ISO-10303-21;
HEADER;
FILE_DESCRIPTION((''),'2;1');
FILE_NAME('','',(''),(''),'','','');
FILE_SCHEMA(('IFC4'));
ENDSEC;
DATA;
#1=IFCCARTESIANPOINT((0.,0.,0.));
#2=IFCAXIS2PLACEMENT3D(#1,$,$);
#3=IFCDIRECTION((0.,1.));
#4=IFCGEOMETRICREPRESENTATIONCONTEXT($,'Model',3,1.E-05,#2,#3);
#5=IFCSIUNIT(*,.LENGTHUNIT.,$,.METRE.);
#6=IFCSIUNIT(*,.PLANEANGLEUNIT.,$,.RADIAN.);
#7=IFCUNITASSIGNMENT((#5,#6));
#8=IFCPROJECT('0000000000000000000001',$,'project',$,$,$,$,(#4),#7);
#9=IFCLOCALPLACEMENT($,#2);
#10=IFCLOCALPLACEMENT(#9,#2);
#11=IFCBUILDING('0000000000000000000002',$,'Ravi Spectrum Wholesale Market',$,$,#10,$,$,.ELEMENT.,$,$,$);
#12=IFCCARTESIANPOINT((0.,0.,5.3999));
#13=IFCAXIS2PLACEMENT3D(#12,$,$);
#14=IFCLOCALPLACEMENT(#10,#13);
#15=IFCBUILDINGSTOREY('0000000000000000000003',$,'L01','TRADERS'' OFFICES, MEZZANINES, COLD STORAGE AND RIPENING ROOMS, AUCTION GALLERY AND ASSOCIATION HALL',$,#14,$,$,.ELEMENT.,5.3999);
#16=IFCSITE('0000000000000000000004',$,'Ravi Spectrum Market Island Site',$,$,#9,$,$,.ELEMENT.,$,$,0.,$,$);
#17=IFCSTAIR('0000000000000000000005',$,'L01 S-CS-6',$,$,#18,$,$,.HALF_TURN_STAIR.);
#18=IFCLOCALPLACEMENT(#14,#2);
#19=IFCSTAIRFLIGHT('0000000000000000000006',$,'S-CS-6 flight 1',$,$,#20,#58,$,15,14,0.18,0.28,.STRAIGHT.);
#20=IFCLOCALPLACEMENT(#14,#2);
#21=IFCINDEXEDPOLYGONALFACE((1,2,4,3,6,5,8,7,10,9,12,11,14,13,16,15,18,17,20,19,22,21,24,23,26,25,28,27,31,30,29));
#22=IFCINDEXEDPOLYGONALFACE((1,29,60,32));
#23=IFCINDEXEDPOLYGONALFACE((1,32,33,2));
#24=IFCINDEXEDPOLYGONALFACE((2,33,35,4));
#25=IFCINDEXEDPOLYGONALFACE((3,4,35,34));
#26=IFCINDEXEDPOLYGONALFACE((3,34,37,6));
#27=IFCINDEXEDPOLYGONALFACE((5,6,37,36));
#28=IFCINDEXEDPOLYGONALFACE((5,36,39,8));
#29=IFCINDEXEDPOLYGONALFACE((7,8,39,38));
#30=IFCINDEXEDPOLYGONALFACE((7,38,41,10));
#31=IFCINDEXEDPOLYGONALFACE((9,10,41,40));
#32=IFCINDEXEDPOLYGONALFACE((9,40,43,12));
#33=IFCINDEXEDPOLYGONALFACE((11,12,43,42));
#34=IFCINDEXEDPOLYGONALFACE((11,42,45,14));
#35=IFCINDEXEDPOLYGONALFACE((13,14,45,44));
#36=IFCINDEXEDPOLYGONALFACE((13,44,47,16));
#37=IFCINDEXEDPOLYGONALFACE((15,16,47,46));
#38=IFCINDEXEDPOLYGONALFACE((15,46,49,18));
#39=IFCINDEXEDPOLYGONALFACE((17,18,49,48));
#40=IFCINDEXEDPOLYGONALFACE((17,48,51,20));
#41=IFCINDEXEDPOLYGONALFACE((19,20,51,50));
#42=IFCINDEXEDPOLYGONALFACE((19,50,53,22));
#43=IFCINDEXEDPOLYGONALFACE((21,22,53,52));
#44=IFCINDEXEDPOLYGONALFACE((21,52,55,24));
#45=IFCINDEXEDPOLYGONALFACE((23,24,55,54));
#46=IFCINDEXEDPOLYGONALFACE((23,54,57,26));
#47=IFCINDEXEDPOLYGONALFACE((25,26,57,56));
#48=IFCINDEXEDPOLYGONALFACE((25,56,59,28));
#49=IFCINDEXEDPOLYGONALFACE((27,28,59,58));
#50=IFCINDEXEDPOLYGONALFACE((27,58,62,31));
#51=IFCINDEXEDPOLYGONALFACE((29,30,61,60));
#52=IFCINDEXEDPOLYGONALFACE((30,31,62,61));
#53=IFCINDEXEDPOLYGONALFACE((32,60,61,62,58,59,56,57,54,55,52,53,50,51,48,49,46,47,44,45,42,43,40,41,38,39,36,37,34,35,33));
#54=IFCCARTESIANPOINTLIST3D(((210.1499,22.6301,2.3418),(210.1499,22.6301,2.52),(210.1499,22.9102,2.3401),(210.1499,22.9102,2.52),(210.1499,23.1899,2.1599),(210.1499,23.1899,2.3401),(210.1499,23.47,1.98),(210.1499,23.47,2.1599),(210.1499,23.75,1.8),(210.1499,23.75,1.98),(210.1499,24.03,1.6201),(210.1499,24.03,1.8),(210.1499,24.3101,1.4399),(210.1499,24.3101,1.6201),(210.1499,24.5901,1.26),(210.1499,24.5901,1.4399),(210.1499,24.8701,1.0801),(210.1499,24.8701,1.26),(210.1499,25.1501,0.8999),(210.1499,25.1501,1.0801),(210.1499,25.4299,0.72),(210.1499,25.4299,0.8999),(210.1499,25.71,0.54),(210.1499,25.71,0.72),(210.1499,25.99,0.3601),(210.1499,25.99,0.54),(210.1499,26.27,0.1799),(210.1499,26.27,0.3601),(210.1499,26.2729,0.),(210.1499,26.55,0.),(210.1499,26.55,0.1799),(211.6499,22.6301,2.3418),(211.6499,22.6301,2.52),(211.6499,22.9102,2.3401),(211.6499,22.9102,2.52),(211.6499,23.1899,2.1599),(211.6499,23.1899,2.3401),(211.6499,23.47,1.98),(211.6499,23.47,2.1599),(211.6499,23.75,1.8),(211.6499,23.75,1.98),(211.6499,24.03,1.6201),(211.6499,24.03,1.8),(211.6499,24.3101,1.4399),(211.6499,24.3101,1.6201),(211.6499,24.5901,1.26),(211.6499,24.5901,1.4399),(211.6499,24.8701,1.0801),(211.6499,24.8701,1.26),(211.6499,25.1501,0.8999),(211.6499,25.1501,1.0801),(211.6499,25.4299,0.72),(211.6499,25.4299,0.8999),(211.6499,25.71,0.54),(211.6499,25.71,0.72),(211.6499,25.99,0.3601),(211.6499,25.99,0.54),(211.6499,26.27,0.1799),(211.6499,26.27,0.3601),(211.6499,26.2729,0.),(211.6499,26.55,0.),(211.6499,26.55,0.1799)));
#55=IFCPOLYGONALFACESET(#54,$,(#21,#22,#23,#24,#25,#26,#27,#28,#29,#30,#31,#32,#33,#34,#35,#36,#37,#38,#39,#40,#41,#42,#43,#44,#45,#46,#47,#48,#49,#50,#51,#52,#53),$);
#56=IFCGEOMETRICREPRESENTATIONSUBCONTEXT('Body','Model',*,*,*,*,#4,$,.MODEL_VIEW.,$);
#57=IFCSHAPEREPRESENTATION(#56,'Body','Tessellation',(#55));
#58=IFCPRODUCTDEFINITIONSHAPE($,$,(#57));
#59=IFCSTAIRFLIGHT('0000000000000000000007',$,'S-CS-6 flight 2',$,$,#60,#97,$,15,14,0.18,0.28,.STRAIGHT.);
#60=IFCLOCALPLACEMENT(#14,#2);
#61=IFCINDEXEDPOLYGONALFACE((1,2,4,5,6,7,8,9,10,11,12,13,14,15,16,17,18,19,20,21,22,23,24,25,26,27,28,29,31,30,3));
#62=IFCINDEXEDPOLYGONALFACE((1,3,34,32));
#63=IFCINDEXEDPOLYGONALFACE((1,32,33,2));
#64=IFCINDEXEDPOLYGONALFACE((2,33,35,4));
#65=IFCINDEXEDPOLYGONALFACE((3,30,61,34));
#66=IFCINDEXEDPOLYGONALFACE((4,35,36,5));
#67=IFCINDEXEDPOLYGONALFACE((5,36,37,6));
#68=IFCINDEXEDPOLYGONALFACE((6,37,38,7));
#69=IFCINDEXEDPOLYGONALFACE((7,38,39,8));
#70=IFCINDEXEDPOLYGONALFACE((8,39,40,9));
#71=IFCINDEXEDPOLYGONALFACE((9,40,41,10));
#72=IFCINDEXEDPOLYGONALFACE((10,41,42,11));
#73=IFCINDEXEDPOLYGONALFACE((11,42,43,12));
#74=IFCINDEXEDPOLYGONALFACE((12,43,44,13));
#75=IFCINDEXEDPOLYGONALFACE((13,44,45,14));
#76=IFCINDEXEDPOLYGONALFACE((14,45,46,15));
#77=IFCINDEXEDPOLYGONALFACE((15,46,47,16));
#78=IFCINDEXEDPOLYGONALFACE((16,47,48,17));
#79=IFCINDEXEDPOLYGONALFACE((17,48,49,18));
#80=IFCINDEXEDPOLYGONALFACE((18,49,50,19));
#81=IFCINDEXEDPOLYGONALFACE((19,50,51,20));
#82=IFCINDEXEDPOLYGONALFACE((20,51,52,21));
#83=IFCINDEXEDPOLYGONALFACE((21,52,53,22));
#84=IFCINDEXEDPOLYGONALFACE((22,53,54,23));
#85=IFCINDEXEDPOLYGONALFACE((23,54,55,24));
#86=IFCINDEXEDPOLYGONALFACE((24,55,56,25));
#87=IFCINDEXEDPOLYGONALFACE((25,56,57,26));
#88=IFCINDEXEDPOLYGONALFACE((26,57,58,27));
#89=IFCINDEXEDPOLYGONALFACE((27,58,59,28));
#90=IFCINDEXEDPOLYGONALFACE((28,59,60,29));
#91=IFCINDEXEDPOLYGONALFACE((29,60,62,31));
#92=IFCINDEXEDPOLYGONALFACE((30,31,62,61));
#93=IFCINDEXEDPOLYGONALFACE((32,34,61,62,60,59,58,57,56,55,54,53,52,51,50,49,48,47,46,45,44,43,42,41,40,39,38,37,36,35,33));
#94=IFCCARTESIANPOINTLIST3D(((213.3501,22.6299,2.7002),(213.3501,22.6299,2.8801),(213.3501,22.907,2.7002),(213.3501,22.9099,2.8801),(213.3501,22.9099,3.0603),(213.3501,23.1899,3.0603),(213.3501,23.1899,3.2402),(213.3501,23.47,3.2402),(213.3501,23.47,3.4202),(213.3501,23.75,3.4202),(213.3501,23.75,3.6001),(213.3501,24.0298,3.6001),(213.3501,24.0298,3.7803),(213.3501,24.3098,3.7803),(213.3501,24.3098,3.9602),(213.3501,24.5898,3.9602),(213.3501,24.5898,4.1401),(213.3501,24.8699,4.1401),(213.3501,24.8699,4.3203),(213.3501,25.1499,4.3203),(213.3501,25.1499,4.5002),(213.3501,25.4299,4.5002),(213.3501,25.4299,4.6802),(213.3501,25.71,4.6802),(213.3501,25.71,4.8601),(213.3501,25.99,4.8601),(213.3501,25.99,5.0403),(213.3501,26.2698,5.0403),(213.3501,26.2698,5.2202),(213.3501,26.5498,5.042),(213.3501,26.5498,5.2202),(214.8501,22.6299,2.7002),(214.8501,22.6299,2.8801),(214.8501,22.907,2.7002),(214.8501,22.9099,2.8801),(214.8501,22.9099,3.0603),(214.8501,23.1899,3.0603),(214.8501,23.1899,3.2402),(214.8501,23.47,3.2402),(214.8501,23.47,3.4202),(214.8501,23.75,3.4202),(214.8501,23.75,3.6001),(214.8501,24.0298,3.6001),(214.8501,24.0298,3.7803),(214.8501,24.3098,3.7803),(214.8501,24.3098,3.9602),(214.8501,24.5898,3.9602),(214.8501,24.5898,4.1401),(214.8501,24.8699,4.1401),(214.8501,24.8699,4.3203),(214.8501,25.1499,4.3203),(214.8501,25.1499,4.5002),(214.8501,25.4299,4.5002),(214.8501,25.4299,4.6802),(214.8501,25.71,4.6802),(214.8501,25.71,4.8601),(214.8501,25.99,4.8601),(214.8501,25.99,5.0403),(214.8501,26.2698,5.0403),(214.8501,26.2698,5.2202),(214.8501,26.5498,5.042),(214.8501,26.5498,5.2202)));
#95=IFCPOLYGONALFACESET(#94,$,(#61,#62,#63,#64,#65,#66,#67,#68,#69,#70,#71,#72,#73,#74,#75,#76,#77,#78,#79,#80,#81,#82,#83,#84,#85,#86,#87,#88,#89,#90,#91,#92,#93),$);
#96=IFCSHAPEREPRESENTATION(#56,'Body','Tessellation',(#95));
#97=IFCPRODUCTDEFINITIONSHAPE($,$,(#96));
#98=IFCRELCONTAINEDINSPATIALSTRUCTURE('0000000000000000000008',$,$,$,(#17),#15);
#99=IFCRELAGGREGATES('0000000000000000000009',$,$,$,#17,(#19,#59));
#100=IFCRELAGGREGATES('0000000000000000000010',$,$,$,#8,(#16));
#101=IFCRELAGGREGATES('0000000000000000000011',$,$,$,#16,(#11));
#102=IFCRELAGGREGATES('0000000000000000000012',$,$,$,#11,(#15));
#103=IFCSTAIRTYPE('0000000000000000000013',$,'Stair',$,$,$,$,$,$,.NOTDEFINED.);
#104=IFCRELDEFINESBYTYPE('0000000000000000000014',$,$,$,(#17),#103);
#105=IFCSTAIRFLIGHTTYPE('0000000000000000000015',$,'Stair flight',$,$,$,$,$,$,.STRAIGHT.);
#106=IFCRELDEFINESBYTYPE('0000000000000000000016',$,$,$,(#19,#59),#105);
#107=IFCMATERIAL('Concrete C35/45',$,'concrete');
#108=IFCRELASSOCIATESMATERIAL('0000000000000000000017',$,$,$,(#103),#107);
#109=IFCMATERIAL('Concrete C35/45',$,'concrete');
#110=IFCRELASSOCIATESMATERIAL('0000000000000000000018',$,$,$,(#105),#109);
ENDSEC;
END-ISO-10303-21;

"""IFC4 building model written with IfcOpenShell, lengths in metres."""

from ifc_helpers import new_model, si_unit, direction, frame, origin, place, context, subcontext, project, spatial, polyline, outline, extrude, material, type_object, element, aggregate, save


model = new_model("IFC4")

# Units and contexts
model_context = context("Model", 3, precision=1e-05, world=origin(), true_north=direction((0.0, 1.0)))
body_context = subcontext(model_context, "Body", "Model", "MODEL_VIEW")
ifc_project = project(units=[si_unit("LENGTHUNIT", "METRE"), si_unit("PLANEANGLEUNIT", "RADIAN")], contexts=[model_context])

# Site, building, storey
site_placement = place(None, origin())
site = spatial("IfcSite", under=ifc_project, at=site_placement, Name="Ravi Spectrum Market Island Site", CompositionType="ELEMENT", RefElevation=0.0)
building_placement = place(site_placement, origin())
building = spatial("IfcBuilding", under=site, at=building_placement, Name="Ravi Spectrum Wholesale Market", CompositionType="ELEMENT")
storey_placement = place(building_placement, frame((0.0, 0.0, 5.3999)))
storey = spatial("IfcBuildingStorey", under=building, at=storey_placement, Name="L01", Description="TRADERS' OFFICES, MEZZANINES, COLD STORAGE AND RIPENING ROOMS, AUCTION GALLERY AND ASSOCIATION HALL", CompositionType="ELEMENT", Elevation=5.3999)

# Stair, stair flights
ifc_material_1 = material(Name="Concrete C35/45", Category="concrete")
stair_type = type_object("IfcStairType", Name="Stair", PredefinedType="NOTDEFINED", material=ifc_material_1)
stair_placement = place(storey_placement, origin())
stair = element("IfcStair", 1, at=stair_placement, inside=storey, type_object=stair_type, Name="L01 S-CS-6", PredefinedType="HALF_TURN_STAIR")
ifc_material_2 = material(Name="Concrete C35/45", Category="concrete")
stair_flight_type = type_object("IfcStairFlightType", Name="Stair flight", PredefinedType="STRAIGHT", material=ifc_material_2)
stair_flight_1_placement = place(storey_placement, frame((210.8999, 26.55, 0.0), z_axis=(0.0, 0.0, 1.0), x_axis=(0.0, -1.0, 0.0)))
stair_flight_1 = element("IfcStairFlight", 2, at=stair_flight_1_placement, type_object=stair_flight_type, Name="S-CS-6 flight 1", NumberOfRisers=15, NumberOfTreads=14, PredefinedType="STRAIGHT", RiserHeight=0.18, TreadLength=0.28, context=body_context, shape_type="SweptSolid", body=[
    extrude(outline(polyline([(0.0, 0.0), (0.0, 0.1799), (0.28, 0.1799), (0.28, 0.3601), (0.5601, 0.3601), (0.5601, 0.54), (0.8401, 0.54), (0.8401, 0.72), (1.1201, 0.72), (1.1201, 0.8999), (1.3999, 0.8999), (1.3999, 1.0801), (1.6799, 1.0801), (1.6799, 1.26), (1.96, 1.26), (1.96, 1.4399), (2.24, 1.4399), (2.24, 1.6201), (2.52, 1.6201), (2.52, 1.8), (2.8, 1.8), (2.8, 1.98), (3.0801, 1.98), (3.0801, 2.1599), (3.3601, 2.1599), (3.3601, 2.3401), (3.6399, 2.3401), (3.6399, 2.52), (3.9199, 2.52), (3.9199, 2.7), (3.9199, 2.3418), (0.2771, 0.0), (0.0, 0.0)])), frame((0.0, 0.75, 0.0), z_axis=(0.0, -1.0, 0.0), x_axis=(1.0, 0.0, 0.0)), (0.0, 0.0, 1.0), 1.5),
])
stair_flight_2_placement = place(storey_placement, frame((214.1001, 22.6299, 2.7002), z_axis=(0.0, 0.0, 1.0), x_axis=(0.0, 1.0, 0.0)))
stair_flight_2 = element("IfcStairFlight", 3, at=stair_flight_2_placement, type_object=stair_flight_type, Name="S-CS-6 flight 2", NumberOfRisers=15, NumberOfTreads=14, PredefinedType="STRAIGHT", RiserHeight=0.18, TreadLength=0.28, context=body_context, shape_type="SweptSolid", body=[
    extrude(outline(polyline([(0.0, 0.0), (0.0, 0.1799), (0.28, 0.1799), (0.28, 0.3601), (0.5601, 0.3601), (0.5601, 0.54), (0.8401, 0.54), (0.8401, 0.72), (1.1201, 0.72), (1.1201, 0.8999), (1.3999, 0.8999), (1.3999, 1.0801), (1.6799, 1.0801), (1.6799, 1.26), (1.96, 1.26), (1.96, 1.4399), (2.24, 1.4399), (2.24, 1.6201), (2.52, 1.6201), (2.52, 1.8), (2.8, 1.8), (2.8, 1.98), (3.0801, 1.98), (3.0801, 2.1599), (3.3601, 2.1599), (3.3601, 2.3401), (3.6399, 2.3401), (3.6399, 2.52), (3.9199, 2.52), (3.9199, 2.7), (3.9199, 2.3418), (0.2771, 0.0), (0.0, 0.0)])), frame((0.0, 0.75, 0.0), z_axis=(0.0, -1.0, 0.0), x_axis=(1.0, 0.0, 0.0)), (0.0, 0.0, 1.0), 1.5),
])
aggregate(stair, [stair_flight_1, stair_flight_2])

save(model, "model.ifc")
